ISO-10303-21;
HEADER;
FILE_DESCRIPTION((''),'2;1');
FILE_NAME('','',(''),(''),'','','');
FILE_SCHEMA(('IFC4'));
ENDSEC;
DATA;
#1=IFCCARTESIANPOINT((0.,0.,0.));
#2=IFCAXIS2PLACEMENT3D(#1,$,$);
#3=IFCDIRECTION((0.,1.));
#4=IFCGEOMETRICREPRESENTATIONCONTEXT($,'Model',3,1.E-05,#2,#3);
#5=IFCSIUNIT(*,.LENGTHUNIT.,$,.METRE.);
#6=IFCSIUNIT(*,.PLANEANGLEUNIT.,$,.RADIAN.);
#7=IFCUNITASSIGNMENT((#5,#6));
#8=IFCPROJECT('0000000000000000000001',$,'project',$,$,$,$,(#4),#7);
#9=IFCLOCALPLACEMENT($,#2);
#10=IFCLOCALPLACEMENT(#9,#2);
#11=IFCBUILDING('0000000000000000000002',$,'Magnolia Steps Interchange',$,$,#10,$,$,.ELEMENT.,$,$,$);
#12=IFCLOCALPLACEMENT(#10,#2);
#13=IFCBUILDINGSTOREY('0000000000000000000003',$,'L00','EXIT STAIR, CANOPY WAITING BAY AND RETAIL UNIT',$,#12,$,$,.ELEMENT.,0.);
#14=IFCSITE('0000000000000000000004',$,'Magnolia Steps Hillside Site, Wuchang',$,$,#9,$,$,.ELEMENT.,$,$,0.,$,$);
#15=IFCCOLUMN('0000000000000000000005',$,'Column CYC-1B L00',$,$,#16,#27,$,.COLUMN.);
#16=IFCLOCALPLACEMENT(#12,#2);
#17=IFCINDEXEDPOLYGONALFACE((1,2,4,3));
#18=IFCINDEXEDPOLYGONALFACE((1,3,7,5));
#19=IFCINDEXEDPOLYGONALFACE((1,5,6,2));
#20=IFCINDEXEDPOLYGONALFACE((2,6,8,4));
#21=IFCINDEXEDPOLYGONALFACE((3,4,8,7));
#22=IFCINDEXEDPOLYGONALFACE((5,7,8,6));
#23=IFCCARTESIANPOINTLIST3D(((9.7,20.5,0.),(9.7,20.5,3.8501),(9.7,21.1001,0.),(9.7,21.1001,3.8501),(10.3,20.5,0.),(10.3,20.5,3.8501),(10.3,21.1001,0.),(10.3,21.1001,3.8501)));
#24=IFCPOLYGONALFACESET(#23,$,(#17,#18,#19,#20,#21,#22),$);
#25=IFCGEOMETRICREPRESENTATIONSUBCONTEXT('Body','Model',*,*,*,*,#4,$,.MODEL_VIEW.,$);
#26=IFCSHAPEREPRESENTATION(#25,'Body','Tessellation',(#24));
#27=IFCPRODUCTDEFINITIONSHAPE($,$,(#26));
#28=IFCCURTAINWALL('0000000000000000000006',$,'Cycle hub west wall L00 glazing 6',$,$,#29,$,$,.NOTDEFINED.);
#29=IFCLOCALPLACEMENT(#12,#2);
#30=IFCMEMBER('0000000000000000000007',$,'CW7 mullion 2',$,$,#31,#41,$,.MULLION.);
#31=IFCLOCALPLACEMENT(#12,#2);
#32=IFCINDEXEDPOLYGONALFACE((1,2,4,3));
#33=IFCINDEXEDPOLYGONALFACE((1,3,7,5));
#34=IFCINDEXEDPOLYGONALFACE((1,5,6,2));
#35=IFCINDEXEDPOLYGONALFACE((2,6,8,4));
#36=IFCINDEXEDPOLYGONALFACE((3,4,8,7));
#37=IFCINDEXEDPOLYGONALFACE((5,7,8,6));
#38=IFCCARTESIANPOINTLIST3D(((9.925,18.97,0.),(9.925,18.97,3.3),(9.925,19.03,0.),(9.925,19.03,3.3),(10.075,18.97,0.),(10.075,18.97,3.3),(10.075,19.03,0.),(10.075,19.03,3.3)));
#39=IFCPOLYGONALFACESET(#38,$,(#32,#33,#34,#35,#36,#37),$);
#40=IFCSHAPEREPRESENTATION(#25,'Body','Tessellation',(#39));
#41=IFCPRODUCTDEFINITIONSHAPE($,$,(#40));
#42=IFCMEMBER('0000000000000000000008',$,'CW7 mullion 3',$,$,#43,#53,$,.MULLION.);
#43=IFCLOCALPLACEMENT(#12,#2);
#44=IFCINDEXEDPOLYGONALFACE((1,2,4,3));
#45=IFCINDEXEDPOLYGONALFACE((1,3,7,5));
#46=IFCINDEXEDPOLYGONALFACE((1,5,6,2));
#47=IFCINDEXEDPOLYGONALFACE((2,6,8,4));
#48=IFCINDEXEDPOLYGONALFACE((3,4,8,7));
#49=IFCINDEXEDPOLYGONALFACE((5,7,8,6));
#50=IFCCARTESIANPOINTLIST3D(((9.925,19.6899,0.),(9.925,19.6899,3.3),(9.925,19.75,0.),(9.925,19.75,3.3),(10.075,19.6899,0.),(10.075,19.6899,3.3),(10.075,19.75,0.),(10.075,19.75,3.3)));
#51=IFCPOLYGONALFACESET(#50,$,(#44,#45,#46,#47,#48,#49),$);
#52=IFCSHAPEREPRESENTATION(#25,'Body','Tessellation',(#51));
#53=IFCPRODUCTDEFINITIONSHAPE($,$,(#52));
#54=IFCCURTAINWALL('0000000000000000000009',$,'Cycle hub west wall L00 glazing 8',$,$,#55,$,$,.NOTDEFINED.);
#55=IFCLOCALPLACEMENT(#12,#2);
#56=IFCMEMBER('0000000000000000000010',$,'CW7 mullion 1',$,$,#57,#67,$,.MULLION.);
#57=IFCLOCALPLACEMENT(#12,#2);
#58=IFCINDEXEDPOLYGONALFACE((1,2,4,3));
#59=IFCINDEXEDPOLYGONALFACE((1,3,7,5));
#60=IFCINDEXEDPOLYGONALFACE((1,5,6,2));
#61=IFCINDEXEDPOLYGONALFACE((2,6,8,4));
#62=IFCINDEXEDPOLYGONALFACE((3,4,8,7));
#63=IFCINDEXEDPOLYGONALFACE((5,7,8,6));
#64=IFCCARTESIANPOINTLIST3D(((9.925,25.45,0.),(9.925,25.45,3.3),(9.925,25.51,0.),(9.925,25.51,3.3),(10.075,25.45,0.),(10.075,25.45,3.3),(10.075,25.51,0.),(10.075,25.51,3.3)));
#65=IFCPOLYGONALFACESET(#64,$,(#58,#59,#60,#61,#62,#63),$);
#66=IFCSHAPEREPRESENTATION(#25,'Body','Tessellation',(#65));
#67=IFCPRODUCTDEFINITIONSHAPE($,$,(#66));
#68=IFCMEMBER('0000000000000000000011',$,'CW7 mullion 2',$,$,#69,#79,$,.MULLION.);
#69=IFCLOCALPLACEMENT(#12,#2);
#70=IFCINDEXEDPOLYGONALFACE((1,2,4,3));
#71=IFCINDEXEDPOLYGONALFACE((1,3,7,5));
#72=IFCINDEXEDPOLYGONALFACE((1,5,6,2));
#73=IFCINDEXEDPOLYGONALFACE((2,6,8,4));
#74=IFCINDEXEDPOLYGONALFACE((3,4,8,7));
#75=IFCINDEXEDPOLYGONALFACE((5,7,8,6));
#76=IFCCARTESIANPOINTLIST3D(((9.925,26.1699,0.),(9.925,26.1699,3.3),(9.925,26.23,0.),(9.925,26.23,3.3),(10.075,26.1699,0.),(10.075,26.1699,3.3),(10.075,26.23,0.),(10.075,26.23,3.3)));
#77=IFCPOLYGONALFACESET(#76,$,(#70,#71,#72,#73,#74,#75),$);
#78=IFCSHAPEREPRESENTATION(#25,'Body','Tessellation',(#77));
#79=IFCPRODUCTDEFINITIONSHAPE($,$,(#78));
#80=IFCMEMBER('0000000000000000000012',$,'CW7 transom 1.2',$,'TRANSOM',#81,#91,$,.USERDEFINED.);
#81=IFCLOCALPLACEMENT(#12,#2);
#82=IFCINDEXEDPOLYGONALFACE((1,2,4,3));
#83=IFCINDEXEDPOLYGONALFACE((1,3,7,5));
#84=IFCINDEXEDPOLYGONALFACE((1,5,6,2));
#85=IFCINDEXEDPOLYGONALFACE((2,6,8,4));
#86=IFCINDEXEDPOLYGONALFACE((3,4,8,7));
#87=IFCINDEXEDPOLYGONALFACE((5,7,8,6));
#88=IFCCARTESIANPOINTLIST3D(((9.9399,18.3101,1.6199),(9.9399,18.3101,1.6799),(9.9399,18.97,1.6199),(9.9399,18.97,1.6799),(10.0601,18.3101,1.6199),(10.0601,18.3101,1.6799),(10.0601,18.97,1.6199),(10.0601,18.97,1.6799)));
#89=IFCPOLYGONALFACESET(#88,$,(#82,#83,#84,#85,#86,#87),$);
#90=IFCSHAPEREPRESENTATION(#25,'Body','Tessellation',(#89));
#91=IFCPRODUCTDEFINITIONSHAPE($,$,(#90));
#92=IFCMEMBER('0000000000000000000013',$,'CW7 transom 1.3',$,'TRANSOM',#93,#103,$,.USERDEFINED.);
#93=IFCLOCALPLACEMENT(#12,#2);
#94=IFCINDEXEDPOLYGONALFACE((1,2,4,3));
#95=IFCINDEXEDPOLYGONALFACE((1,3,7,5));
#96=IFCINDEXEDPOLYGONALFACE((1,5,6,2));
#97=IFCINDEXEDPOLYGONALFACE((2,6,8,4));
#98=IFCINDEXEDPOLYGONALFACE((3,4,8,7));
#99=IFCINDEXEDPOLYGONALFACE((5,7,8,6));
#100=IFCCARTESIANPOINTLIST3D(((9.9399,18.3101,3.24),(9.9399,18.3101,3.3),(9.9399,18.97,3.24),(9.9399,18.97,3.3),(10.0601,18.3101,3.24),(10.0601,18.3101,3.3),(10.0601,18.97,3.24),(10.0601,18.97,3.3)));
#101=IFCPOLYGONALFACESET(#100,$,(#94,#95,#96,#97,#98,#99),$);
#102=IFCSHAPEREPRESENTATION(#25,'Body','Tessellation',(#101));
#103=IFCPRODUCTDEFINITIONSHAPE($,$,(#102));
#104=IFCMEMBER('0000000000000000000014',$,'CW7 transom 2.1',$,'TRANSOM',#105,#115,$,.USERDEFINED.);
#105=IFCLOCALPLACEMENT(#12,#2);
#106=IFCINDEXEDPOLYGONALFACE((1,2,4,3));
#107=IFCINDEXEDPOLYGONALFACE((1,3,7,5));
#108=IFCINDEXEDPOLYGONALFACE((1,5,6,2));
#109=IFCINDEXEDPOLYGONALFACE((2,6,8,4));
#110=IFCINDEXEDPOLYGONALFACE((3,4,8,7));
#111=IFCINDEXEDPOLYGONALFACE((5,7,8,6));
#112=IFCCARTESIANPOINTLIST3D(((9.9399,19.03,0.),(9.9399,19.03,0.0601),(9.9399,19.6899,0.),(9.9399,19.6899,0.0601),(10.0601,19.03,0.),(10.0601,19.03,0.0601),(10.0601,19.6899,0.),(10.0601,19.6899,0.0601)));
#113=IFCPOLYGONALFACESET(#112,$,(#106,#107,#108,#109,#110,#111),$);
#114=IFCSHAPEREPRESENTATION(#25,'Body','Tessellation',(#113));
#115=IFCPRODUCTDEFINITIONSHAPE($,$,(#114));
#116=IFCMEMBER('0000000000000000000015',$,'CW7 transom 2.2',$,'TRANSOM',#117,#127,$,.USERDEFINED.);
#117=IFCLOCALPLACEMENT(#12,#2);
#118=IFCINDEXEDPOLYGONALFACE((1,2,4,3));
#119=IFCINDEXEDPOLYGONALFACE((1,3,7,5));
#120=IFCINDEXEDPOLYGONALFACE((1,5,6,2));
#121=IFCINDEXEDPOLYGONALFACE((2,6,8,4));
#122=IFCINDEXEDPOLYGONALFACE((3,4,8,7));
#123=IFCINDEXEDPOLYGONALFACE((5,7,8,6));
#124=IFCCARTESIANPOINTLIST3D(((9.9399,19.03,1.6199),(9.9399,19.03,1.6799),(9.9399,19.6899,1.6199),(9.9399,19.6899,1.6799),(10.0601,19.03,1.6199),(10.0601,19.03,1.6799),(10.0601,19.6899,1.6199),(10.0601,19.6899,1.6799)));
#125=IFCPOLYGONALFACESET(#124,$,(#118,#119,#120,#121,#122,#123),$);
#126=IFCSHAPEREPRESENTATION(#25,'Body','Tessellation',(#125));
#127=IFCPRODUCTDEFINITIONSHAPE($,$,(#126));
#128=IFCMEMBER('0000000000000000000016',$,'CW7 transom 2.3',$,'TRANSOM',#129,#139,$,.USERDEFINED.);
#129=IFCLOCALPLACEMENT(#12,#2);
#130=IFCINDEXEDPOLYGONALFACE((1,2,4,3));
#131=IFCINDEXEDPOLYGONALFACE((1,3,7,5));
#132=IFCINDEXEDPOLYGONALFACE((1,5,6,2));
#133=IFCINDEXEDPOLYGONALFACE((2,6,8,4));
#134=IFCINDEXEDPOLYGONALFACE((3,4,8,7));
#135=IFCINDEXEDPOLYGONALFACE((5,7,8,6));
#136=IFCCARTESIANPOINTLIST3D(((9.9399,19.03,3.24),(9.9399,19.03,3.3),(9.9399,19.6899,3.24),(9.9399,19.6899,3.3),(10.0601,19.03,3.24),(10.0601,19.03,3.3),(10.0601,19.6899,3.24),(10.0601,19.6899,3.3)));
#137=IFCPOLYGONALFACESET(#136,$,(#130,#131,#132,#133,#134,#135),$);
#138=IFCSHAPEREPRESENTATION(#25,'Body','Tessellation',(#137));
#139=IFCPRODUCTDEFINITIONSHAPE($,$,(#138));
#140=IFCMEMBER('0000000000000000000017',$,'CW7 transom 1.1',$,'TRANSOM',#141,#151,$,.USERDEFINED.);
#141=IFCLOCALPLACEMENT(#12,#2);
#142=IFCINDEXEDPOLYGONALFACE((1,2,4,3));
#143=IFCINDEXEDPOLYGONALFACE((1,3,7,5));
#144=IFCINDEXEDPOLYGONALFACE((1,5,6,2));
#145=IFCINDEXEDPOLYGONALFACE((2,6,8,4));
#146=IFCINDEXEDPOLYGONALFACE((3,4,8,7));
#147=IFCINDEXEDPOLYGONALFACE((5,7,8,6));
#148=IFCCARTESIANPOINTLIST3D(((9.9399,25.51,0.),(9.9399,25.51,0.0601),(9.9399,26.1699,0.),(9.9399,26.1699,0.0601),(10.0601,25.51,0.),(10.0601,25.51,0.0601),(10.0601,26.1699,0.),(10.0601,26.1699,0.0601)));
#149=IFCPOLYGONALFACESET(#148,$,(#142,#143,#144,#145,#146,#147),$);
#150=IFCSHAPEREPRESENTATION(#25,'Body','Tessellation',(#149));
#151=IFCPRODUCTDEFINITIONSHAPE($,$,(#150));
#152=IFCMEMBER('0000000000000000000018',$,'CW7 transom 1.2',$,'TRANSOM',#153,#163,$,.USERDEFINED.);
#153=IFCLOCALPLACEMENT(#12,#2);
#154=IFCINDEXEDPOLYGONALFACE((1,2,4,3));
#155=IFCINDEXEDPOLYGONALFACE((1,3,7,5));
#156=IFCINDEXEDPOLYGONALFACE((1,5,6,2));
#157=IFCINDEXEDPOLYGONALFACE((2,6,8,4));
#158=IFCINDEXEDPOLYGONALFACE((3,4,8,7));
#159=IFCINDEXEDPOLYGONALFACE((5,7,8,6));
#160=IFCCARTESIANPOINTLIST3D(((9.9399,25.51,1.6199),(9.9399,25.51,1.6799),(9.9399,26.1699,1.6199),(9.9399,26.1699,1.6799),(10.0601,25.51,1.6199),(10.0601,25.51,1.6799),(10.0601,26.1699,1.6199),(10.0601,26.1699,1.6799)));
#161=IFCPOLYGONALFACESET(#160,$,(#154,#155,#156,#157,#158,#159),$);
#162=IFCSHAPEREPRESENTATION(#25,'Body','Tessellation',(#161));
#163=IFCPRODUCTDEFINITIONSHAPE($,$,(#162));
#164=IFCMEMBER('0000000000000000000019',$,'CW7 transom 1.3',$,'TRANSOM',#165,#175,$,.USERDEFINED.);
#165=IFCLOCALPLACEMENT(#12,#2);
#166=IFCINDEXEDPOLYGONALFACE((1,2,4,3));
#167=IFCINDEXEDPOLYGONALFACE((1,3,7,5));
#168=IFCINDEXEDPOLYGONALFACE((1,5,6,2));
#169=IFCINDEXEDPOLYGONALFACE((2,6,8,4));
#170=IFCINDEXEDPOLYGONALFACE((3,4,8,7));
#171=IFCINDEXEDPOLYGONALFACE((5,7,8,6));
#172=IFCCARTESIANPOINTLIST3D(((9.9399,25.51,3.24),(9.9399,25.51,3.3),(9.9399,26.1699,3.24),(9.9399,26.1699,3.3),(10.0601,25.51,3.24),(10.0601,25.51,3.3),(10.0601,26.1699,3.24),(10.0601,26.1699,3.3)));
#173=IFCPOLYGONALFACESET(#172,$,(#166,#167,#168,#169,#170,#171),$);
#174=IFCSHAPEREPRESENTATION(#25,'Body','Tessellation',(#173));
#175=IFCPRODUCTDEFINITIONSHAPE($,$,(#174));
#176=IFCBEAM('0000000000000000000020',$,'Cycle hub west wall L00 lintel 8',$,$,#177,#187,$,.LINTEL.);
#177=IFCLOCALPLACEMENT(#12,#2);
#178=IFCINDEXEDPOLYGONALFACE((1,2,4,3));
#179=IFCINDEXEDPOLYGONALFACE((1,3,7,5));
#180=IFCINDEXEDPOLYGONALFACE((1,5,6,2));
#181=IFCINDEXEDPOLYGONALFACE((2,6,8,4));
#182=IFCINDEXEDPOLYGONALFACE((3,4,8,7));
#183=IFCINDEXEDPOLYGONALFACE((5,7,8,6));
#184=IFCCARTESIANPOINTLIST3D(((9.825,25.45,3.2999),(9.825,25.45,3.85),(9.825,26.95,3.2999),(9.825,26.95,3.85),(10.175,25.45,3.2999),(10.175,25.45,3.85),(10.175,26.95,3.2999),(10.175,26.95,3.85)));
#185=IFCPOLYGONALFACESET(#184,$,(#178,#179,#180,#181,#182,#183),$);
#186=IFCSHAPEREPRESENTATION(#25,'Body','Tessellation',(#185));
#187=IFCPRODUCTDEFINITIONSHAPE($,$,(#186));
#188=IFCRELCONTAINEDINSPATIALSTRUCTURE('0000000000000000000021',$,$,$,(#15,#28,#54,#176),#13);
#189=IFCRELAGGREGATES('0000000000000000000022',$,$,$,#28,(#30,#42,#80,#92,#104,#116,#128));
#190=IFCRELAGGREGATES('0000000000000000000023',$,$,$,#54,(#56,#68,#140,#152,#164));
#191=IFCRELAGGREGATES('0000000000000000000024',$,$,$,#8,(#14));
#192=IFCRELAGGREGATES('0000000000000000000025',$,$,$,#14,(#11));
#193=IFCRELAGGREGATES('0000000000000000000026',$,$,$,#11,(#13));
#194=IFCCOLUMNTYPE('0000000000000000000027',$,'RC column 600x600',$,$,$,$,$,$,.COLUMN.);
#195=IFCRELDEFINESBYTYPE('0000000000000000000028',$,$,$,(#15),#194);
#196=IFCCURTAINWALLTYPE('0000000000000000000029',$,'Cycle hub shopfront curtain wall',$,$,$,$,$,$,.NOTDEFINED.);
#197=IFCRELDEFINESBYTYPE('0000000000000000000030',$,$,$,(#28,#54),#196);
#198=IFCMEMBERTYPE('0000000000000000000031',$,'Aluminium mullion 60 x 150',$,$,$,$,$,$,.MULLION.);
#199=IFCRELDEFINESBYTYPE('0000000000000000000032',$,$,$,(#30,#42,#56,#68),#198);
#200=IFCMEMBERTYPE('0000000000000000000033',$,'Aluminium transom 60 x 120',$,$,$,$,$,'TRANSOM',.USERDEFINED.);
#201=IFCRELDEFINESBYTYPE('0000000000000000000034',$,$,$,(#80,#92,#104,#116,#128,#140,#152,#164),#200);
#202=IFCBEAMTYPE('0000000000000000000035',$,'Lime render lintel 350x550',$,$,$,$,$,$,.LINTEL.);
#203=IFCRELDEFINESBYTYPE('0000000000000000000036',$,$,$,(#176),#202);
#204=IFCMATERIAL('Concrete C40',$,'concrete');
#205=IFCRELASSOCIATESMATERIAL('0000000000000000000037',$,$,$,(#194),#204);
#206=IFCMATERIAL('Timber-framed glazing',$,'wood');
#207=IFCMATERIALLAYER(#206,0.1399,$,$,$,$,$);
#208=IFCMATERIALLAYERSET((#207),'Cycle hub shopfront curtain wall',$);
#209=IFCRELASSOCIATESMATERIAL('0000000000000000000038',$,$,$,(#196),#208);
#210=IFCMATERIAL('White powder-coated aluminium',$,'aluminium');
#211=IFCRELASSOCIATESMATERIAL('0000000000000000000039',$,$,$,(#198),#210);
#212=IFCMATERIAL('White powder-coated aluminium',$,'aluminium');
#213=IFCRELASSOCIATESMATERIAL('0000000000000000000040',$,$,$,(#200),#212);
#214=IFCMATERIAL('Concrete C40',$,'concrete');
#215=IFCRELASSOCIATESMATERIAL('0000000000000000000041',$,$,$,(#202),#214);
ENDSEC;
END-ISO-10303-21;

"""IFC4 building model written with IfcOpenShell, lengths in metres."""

from ifc_helpers import new_model, si_unit, direction, frame, origin, origin_2d, place, context, subcontext, project, spatial, rectangle, extrude, material, layer, layer_set, material_profile, profile_set, type_object, element, aggregate, save


model = new_model("IFC4")

# Units and contexts
model_context = context("Model", 3, precision=1e-05, world=origin(), true_north=direction((0.0, 1.0)))
body_context = subcontext(model_context, "Body", "Model", "MODEL_VIEW")
ifc_project = project(units=[si_unit("LENGTHUNIT", "METRE"), si_unit("PLANEANGLEUNIT", "RADIAN")], contexts=[model_context])

# Site, building, storey
site_placement = place(None, origin())
site = spatial("IfcSite", under=ifc_project, at=site_placement, Name="Magnolia Steps Hillside Site, Wuchang", CompositionType="ELEMENT", RefElevation=0.0)
building_placement = place(site_placement, origin())
building = spatial("IfcBuilding", under=site, at=building_placement, Name="Magnolia Steps Interchange", CompositionType="ELEMENT")
storey_placement = place(building_placement, origin())
storey = spatial("IfcBuildingStorey", under=building, at=storey_placement, Name="L00", Description="EXIT STAIR, CANOPY WAITING BAY AND RETAIL UNIT", CompositionType="ELEMENT", Elevation=0.0)

# Column
ifc_material_1 = material(Name="Concrete C40", Category="concrete")
ifc_material_profile_1 = material_profile(ifc_material_1, rectangle(XDim=0.6001, YDim=0.6001, at=origin_2d()), Name="RC600x600")
ifc_profile_set_1 = profile_set([ifc_material_profile_1], Name="Concrete C40")
column_type = type_object("IfcColumnType", Name="RC column 600x600", PredefinedType="COLUMN", material=ifc_profile_set_1)
column_placement = place(storey_placement, frame((10.0, 20.8, 0.0), z_axis=(0.0, 0.0, 1.0), x_axis=(1.0, 0.0, 0.0)))
element("IfcColumn", 1, at=column_placement, inside=storey, type_object=column_type, Name="Column CYC-1B L00", PredefinedType="COLUMN", context=body_context, shape_type="SweptSolid", body=[
    extrude(rectangle(XDim=0.6001, YDim=0.6001, at=origin_2d()), origin(), (0.0, 0.0, 1.0), 3.8501),
])

# Curtain walls, members
ifc_material_2 = material(Name="Timber-framed glazing", Category="wood")
ifc_layer_1 = layer(ifc_material_2, 0.1399)
ifc_layer_set_1 = layer_set([ifc_layer_1], Name="Cycle hub shopfront curtain wall")
curtain_wall_type = type_object("IfcCurtainWallType", Name="Cycle hub shopfront curtain wall", PredefinedType="NOTDEFINED", material=ifc_layer_set_1)
curtain_wall_1_placement = place(storey_placement, origin())
curtain_wall_1 = element("IfcCurtainWall", 2, at=curtain_wall_1_placement, inside=storey, type_object=curtain_wall_type, Name="Cycle hub west wall L00 glazing 6", PredefinedType="NOTDEFINED")
ifc_material_3 = material(Name="White powder-coated aluminium", Category="aluminium")
ifc_material_profile_2 = material_profile(ifc_material_3, rectangle(XDim=0.0601, YDim=0.1499, at=origin_2d()), Name="Aluminium mullion 60 x 150")
ifc_profile_set_2 = profile_set([ifc_material_profile_2], Name="White powder-coated aluminium")
member_type_1 = type_object("IfcMemberType", Name="Aluminium mullion 60 x 150", PredefinedType="MULLION", material=ifc_profile_set_2)
member_1_placement = place(storey_placement, frame((10.0, 19.0, 0.0), z_axis=(0.0, 0.0, 1.0), x_axis=(0.0, 1.0, 0.0)))
member_1 = element("IfcMember", 3, at=member_1_placement, type_object=member_type_1, Name="CW7 mullion 2", PredefinedType="MULLION", context=body_context, shape_type="SweptSolid", body=[
    extrude(rectangle(XDim=0.0601, YDim=0.1499, at=origin_2d()), origin(), (0.0, 0.0, 1.0), 3.3),
])
member_2_placement = place(storey_placement, frame((10.0, 19.72, 0.0), z_axis=(0.0, 0.0, 1.0), x_axis=(0.0, 1.0, 0.0)))
member_2 = element("IfcMember", 4, at=member_2_placement, type_object=member_type_1, Name="CW7 mullion 3", PredefinedType="MULLION", context=body_context, shape_type="SweptSolid", body=[
    extrude(rectangle(XDim=0.0601, YDim=0.1499, at=origin_2d()), origin(), (0.0, 0.0, 1.0), 3.3),
])
curtain_wall_2_placement = place(storey_placement, origin())
curtain_wall_2 = element("IfcCurtainWall", 5, at=curtain_wall_2_placement, inside=storey, type_object=curtain_wall_type, Name="Cycle hub west wall L00 glazing 8", PredefinedType="NOTDEFINED")
member_3_placement = place(storey_placement, frame((10.0, 25.48, 0.0), z_axis=(0.0, 0.0, 1.0), x_axis=(0.0, 1.0, 0.0)))
member_3 = element("IfcMember", 6, at=member_3_placement, type_object=member_type_1, Name="CW7 mullion 1", PredefinedType="MULLION", context=body_context, shape_type="SweptSolid", body=[
    extrude(rectangle(XDim=0.0601, YDim=0.1499, at=origin_2d()), origin(), (0.0, 0.0, 1.0), 3.3),
])
member_4_placement = place(storey_placement, frame((10.0, 26.2, 0.0), z_axis=(0.0, 0.0, 1.0), x_axis=(0.0, 1.0, 0.0)))
member_4 = element("IfcMember", 7, at=member_4_placement, type_object=member_type_1, Name="CW7 mullion 2", PredefinedType="MULLION", context=body_context, shape_type="SweptSolid", body=[
    extrude(rectangle(XDim=0.0601, YDim=0.1499, at=origin_2d()), origin(), (0.0, 0.0, 1.0), 3.3),
])

# Members
ifc_material_4 = material(Name="White powder-coated aluminium", Category="aluminium")
ifc_material_profile_3 = material_profile(ifc_material_4, rectangle(XDim=0.0601, YDim=0.1201, at=origin_2d()), Name="Aluminium transom 60 x 120")
ifc_profile_set_3 = profile_set([ifc_material_profile_3], Name="White powder-coated aluminium")
member_type_2 = type_object("IfcMemberType", Name="Aluminium transom 60 x 120", ElementType="TRANSOM", PredefinedType="USERDEFINED", material=ifc_profile_set_3)
member_5_placement = place(storey_placement, frame((10.0, 18.3101, 1.6499), z_axis=(0.0, 1.0, 0.0), x_axis=(0.0, 0.0, 1.0)))
member_5 = element("IfcMember", 8, at=member_5_placement, type_object=member_type_2, Name="CW7 transom 1.2", ObjectType="TRANSOM", PredefinedType="USERDEFINED", context=body_context, shape_type="SweptSolid", body=[
    extrude(rectangle(XDim=0.0601, YDim=0.1201, at=origin_2d()), origin(), (0.0, 0.0, 1.0), 0.6599),
])
member_6_placement = place(storey_placement, frame((10.0, 18.3101, 3.27), z_axis=(0.0, 1.0, 0.0), x_axis=(0.0, 0.0, 1.0)))
member_6 = element("IfcMember", 9, at=member_6_placement, type_object=member_type_2, Name="CW7 transom 1.3", ObjectType="TRANSOM", PredefinedType="USERDEFINED", context=body_context, shape_type="SweptSolid", body=[
    extrude(rectangle(XDim=0.0601, YDim=0.1201, at=origin_2d()), origin(), (0.0, 0.0, 1.0), 0.6599),
])
member_7_placement = place(storey_placement, frame((10.0, 19.03, 0.03), z_axis=(0.0, 1.0, 0.0), x_axis=(0.0, 0.0, 1.0)))
member_7 = element("IfcMember", 10, at=member_7_placement, type_object=member_type_2, Name="CW7 transom 2.1", ObjectType="TRANSOM", PredefinedType="USERDEFINED", context=body_context, shape_type="SweptSolid", body=[
    extrude(rectangle(XDim=0.0601, YDim=0.1201, at=origin_2d()), origin(), (0.0, 0.0, 1.0), 0.6599),
])
member_8_placement = place(storey_placement, frame((10.0, 19.03, 1.6499), z_axis=(0.0, 1.0, 0.0), x_axis=(0.0, 0.0, 1.0)))
member_8 = element("IfcMember", 11, at=member_8_placement, type_object=member_type_2, Name="CW7 transom 2.2", ObjectType="TRANSOM", PredefinedType="USERDEFINED", context=body_context, shape_type="SweptSolid", body=[
    extrude(rectangle(XDim=0.0601, YDim=0.1201, at=origin_2d()), origin(), (0.0, 0.0, 1.0), 0.6599),
])
member_9_placement = place(storey_placement, frame((10.0, 19.03, 3.27), z_axis=(0.0, 1.0, 0.0), x_axis=(0.0, 0.0, 1.0)))
member_9 = element("IfcMember", 12, at=member_9_placement, type_object=member_type_2, Name="CW7 transom 2.3", ObjectType="TRANSOM", PredefinedType="USERDEFINED", context=body_context, shape_type="SweptSolid", body=[
    extrude(rectangle(XDim=0.0601, YDim=0.1201, at=origin_2d()), origin(), (0.0, 0.0, 1.0), 0.6599),
])
member_10_placement = place(storey_placement, frame((10.0, 25.51, 0.03), z_axis=(0.0, 1.0, 0.0), x_axis=(0.0, 0.0, 1.0)))
member_10 = element("IfcMember", 13, at=member_10_placement, type_object=member_type_2, Name="CW7 transom 1.1", ObjectType="TRANSOM", PredefinedType="USERDEFINED", context=body_context, shape_type="SweptSolid", body=[
    extrude(rectangle(XDim=0.0601, YDim=0.1201, at=origin_2d()), origin(), (0.0, 0.0, 1.0), 0.6599),
])
member_11_placement = place(storey_placement, frame((10.0, 25.51, 1.6499), z_axis=(0.0, 1.0, 0.0), x_axis=(0.0, 0.0, 1.0)))
member_11 = element("IfcMember", 14, at=member_11_placement, type_object=member_type_2, Name="CW7 transom 1.2", ObjectType="TRANSOM", PredefinedType="USERDEFINED", context=body_context, shape_type="SweptSolid", body=[
    extrude(rectangle(XDim=0.0601, YDim=0.1201, at=origin_2d()), origin(), (0.0, 0.0, 1.0), 0.6599),
])
member_12_placement = place(storey_placement, frame((10.0, 25.51, 3.27), z_axis=(0.0, 1.0, 0.0), x_axis=(0.0, 0.0, 1.0)))
member_12 = element("IfcMember", 15, at=member_12_placement, type_object=member_type_2, Name="CW7 transom 1.3", ObjectType="TRANSOM", PredefinedType="USERDEFINED", context=body_context, shape_type="SweptSolid", body=[
    extrude(rectangle(XDim=0.0601, YDim=0.1201, at=origin_2d()), origin(), (0.0, 0.0, 1.0), 0.6599),
])

# Beam
ifc_material_5 = material(Name="Concrete C40", Category="concrete")
ifc_material_profile_4 = material_profile(ifc_material_5, rectangle(XDim=0.3501, YDim=0.55, at=origin_2d()), Name="RC350x550")
ifc_profile_set_4 = profile_set([ifc_material_profile_4], Name="Concrete C40")
beam_type = type_object("IfcBeamType", Name="Lime render lintel 350x550", PredefinedType="LINTEL", material=ifc_profile_set_4)
beam_placement = place(storey_placement, frame((10.0, 25.45, 3.575), z_axis=(0.0, 1.0, 0.0), x_axis=(-1.0, 0.0, 0.0)))
element("IfcBeam", 16, at=beam_placement, inside=storey, type_object=beam_type, Name="Cycle hub west wall L00 lintel 8", PredefinedType="LINTEL", context=body_context, shape_type="SweptSolid", body=[
    extrude(rectangle(XDim=0.3501, YDim=0.55, at=origin_2d()), origin(), (0.0, 0.0, 1.0), 1.5),
])

aggregate(curtain_wall_1, [member_1, member_2, member_5, member_6, member_7, member_8, member_9])
aggregate(curtain_wall_2, [member_3, member_4, member_10, member_11, member_12])

save(model, "model.ifc")
